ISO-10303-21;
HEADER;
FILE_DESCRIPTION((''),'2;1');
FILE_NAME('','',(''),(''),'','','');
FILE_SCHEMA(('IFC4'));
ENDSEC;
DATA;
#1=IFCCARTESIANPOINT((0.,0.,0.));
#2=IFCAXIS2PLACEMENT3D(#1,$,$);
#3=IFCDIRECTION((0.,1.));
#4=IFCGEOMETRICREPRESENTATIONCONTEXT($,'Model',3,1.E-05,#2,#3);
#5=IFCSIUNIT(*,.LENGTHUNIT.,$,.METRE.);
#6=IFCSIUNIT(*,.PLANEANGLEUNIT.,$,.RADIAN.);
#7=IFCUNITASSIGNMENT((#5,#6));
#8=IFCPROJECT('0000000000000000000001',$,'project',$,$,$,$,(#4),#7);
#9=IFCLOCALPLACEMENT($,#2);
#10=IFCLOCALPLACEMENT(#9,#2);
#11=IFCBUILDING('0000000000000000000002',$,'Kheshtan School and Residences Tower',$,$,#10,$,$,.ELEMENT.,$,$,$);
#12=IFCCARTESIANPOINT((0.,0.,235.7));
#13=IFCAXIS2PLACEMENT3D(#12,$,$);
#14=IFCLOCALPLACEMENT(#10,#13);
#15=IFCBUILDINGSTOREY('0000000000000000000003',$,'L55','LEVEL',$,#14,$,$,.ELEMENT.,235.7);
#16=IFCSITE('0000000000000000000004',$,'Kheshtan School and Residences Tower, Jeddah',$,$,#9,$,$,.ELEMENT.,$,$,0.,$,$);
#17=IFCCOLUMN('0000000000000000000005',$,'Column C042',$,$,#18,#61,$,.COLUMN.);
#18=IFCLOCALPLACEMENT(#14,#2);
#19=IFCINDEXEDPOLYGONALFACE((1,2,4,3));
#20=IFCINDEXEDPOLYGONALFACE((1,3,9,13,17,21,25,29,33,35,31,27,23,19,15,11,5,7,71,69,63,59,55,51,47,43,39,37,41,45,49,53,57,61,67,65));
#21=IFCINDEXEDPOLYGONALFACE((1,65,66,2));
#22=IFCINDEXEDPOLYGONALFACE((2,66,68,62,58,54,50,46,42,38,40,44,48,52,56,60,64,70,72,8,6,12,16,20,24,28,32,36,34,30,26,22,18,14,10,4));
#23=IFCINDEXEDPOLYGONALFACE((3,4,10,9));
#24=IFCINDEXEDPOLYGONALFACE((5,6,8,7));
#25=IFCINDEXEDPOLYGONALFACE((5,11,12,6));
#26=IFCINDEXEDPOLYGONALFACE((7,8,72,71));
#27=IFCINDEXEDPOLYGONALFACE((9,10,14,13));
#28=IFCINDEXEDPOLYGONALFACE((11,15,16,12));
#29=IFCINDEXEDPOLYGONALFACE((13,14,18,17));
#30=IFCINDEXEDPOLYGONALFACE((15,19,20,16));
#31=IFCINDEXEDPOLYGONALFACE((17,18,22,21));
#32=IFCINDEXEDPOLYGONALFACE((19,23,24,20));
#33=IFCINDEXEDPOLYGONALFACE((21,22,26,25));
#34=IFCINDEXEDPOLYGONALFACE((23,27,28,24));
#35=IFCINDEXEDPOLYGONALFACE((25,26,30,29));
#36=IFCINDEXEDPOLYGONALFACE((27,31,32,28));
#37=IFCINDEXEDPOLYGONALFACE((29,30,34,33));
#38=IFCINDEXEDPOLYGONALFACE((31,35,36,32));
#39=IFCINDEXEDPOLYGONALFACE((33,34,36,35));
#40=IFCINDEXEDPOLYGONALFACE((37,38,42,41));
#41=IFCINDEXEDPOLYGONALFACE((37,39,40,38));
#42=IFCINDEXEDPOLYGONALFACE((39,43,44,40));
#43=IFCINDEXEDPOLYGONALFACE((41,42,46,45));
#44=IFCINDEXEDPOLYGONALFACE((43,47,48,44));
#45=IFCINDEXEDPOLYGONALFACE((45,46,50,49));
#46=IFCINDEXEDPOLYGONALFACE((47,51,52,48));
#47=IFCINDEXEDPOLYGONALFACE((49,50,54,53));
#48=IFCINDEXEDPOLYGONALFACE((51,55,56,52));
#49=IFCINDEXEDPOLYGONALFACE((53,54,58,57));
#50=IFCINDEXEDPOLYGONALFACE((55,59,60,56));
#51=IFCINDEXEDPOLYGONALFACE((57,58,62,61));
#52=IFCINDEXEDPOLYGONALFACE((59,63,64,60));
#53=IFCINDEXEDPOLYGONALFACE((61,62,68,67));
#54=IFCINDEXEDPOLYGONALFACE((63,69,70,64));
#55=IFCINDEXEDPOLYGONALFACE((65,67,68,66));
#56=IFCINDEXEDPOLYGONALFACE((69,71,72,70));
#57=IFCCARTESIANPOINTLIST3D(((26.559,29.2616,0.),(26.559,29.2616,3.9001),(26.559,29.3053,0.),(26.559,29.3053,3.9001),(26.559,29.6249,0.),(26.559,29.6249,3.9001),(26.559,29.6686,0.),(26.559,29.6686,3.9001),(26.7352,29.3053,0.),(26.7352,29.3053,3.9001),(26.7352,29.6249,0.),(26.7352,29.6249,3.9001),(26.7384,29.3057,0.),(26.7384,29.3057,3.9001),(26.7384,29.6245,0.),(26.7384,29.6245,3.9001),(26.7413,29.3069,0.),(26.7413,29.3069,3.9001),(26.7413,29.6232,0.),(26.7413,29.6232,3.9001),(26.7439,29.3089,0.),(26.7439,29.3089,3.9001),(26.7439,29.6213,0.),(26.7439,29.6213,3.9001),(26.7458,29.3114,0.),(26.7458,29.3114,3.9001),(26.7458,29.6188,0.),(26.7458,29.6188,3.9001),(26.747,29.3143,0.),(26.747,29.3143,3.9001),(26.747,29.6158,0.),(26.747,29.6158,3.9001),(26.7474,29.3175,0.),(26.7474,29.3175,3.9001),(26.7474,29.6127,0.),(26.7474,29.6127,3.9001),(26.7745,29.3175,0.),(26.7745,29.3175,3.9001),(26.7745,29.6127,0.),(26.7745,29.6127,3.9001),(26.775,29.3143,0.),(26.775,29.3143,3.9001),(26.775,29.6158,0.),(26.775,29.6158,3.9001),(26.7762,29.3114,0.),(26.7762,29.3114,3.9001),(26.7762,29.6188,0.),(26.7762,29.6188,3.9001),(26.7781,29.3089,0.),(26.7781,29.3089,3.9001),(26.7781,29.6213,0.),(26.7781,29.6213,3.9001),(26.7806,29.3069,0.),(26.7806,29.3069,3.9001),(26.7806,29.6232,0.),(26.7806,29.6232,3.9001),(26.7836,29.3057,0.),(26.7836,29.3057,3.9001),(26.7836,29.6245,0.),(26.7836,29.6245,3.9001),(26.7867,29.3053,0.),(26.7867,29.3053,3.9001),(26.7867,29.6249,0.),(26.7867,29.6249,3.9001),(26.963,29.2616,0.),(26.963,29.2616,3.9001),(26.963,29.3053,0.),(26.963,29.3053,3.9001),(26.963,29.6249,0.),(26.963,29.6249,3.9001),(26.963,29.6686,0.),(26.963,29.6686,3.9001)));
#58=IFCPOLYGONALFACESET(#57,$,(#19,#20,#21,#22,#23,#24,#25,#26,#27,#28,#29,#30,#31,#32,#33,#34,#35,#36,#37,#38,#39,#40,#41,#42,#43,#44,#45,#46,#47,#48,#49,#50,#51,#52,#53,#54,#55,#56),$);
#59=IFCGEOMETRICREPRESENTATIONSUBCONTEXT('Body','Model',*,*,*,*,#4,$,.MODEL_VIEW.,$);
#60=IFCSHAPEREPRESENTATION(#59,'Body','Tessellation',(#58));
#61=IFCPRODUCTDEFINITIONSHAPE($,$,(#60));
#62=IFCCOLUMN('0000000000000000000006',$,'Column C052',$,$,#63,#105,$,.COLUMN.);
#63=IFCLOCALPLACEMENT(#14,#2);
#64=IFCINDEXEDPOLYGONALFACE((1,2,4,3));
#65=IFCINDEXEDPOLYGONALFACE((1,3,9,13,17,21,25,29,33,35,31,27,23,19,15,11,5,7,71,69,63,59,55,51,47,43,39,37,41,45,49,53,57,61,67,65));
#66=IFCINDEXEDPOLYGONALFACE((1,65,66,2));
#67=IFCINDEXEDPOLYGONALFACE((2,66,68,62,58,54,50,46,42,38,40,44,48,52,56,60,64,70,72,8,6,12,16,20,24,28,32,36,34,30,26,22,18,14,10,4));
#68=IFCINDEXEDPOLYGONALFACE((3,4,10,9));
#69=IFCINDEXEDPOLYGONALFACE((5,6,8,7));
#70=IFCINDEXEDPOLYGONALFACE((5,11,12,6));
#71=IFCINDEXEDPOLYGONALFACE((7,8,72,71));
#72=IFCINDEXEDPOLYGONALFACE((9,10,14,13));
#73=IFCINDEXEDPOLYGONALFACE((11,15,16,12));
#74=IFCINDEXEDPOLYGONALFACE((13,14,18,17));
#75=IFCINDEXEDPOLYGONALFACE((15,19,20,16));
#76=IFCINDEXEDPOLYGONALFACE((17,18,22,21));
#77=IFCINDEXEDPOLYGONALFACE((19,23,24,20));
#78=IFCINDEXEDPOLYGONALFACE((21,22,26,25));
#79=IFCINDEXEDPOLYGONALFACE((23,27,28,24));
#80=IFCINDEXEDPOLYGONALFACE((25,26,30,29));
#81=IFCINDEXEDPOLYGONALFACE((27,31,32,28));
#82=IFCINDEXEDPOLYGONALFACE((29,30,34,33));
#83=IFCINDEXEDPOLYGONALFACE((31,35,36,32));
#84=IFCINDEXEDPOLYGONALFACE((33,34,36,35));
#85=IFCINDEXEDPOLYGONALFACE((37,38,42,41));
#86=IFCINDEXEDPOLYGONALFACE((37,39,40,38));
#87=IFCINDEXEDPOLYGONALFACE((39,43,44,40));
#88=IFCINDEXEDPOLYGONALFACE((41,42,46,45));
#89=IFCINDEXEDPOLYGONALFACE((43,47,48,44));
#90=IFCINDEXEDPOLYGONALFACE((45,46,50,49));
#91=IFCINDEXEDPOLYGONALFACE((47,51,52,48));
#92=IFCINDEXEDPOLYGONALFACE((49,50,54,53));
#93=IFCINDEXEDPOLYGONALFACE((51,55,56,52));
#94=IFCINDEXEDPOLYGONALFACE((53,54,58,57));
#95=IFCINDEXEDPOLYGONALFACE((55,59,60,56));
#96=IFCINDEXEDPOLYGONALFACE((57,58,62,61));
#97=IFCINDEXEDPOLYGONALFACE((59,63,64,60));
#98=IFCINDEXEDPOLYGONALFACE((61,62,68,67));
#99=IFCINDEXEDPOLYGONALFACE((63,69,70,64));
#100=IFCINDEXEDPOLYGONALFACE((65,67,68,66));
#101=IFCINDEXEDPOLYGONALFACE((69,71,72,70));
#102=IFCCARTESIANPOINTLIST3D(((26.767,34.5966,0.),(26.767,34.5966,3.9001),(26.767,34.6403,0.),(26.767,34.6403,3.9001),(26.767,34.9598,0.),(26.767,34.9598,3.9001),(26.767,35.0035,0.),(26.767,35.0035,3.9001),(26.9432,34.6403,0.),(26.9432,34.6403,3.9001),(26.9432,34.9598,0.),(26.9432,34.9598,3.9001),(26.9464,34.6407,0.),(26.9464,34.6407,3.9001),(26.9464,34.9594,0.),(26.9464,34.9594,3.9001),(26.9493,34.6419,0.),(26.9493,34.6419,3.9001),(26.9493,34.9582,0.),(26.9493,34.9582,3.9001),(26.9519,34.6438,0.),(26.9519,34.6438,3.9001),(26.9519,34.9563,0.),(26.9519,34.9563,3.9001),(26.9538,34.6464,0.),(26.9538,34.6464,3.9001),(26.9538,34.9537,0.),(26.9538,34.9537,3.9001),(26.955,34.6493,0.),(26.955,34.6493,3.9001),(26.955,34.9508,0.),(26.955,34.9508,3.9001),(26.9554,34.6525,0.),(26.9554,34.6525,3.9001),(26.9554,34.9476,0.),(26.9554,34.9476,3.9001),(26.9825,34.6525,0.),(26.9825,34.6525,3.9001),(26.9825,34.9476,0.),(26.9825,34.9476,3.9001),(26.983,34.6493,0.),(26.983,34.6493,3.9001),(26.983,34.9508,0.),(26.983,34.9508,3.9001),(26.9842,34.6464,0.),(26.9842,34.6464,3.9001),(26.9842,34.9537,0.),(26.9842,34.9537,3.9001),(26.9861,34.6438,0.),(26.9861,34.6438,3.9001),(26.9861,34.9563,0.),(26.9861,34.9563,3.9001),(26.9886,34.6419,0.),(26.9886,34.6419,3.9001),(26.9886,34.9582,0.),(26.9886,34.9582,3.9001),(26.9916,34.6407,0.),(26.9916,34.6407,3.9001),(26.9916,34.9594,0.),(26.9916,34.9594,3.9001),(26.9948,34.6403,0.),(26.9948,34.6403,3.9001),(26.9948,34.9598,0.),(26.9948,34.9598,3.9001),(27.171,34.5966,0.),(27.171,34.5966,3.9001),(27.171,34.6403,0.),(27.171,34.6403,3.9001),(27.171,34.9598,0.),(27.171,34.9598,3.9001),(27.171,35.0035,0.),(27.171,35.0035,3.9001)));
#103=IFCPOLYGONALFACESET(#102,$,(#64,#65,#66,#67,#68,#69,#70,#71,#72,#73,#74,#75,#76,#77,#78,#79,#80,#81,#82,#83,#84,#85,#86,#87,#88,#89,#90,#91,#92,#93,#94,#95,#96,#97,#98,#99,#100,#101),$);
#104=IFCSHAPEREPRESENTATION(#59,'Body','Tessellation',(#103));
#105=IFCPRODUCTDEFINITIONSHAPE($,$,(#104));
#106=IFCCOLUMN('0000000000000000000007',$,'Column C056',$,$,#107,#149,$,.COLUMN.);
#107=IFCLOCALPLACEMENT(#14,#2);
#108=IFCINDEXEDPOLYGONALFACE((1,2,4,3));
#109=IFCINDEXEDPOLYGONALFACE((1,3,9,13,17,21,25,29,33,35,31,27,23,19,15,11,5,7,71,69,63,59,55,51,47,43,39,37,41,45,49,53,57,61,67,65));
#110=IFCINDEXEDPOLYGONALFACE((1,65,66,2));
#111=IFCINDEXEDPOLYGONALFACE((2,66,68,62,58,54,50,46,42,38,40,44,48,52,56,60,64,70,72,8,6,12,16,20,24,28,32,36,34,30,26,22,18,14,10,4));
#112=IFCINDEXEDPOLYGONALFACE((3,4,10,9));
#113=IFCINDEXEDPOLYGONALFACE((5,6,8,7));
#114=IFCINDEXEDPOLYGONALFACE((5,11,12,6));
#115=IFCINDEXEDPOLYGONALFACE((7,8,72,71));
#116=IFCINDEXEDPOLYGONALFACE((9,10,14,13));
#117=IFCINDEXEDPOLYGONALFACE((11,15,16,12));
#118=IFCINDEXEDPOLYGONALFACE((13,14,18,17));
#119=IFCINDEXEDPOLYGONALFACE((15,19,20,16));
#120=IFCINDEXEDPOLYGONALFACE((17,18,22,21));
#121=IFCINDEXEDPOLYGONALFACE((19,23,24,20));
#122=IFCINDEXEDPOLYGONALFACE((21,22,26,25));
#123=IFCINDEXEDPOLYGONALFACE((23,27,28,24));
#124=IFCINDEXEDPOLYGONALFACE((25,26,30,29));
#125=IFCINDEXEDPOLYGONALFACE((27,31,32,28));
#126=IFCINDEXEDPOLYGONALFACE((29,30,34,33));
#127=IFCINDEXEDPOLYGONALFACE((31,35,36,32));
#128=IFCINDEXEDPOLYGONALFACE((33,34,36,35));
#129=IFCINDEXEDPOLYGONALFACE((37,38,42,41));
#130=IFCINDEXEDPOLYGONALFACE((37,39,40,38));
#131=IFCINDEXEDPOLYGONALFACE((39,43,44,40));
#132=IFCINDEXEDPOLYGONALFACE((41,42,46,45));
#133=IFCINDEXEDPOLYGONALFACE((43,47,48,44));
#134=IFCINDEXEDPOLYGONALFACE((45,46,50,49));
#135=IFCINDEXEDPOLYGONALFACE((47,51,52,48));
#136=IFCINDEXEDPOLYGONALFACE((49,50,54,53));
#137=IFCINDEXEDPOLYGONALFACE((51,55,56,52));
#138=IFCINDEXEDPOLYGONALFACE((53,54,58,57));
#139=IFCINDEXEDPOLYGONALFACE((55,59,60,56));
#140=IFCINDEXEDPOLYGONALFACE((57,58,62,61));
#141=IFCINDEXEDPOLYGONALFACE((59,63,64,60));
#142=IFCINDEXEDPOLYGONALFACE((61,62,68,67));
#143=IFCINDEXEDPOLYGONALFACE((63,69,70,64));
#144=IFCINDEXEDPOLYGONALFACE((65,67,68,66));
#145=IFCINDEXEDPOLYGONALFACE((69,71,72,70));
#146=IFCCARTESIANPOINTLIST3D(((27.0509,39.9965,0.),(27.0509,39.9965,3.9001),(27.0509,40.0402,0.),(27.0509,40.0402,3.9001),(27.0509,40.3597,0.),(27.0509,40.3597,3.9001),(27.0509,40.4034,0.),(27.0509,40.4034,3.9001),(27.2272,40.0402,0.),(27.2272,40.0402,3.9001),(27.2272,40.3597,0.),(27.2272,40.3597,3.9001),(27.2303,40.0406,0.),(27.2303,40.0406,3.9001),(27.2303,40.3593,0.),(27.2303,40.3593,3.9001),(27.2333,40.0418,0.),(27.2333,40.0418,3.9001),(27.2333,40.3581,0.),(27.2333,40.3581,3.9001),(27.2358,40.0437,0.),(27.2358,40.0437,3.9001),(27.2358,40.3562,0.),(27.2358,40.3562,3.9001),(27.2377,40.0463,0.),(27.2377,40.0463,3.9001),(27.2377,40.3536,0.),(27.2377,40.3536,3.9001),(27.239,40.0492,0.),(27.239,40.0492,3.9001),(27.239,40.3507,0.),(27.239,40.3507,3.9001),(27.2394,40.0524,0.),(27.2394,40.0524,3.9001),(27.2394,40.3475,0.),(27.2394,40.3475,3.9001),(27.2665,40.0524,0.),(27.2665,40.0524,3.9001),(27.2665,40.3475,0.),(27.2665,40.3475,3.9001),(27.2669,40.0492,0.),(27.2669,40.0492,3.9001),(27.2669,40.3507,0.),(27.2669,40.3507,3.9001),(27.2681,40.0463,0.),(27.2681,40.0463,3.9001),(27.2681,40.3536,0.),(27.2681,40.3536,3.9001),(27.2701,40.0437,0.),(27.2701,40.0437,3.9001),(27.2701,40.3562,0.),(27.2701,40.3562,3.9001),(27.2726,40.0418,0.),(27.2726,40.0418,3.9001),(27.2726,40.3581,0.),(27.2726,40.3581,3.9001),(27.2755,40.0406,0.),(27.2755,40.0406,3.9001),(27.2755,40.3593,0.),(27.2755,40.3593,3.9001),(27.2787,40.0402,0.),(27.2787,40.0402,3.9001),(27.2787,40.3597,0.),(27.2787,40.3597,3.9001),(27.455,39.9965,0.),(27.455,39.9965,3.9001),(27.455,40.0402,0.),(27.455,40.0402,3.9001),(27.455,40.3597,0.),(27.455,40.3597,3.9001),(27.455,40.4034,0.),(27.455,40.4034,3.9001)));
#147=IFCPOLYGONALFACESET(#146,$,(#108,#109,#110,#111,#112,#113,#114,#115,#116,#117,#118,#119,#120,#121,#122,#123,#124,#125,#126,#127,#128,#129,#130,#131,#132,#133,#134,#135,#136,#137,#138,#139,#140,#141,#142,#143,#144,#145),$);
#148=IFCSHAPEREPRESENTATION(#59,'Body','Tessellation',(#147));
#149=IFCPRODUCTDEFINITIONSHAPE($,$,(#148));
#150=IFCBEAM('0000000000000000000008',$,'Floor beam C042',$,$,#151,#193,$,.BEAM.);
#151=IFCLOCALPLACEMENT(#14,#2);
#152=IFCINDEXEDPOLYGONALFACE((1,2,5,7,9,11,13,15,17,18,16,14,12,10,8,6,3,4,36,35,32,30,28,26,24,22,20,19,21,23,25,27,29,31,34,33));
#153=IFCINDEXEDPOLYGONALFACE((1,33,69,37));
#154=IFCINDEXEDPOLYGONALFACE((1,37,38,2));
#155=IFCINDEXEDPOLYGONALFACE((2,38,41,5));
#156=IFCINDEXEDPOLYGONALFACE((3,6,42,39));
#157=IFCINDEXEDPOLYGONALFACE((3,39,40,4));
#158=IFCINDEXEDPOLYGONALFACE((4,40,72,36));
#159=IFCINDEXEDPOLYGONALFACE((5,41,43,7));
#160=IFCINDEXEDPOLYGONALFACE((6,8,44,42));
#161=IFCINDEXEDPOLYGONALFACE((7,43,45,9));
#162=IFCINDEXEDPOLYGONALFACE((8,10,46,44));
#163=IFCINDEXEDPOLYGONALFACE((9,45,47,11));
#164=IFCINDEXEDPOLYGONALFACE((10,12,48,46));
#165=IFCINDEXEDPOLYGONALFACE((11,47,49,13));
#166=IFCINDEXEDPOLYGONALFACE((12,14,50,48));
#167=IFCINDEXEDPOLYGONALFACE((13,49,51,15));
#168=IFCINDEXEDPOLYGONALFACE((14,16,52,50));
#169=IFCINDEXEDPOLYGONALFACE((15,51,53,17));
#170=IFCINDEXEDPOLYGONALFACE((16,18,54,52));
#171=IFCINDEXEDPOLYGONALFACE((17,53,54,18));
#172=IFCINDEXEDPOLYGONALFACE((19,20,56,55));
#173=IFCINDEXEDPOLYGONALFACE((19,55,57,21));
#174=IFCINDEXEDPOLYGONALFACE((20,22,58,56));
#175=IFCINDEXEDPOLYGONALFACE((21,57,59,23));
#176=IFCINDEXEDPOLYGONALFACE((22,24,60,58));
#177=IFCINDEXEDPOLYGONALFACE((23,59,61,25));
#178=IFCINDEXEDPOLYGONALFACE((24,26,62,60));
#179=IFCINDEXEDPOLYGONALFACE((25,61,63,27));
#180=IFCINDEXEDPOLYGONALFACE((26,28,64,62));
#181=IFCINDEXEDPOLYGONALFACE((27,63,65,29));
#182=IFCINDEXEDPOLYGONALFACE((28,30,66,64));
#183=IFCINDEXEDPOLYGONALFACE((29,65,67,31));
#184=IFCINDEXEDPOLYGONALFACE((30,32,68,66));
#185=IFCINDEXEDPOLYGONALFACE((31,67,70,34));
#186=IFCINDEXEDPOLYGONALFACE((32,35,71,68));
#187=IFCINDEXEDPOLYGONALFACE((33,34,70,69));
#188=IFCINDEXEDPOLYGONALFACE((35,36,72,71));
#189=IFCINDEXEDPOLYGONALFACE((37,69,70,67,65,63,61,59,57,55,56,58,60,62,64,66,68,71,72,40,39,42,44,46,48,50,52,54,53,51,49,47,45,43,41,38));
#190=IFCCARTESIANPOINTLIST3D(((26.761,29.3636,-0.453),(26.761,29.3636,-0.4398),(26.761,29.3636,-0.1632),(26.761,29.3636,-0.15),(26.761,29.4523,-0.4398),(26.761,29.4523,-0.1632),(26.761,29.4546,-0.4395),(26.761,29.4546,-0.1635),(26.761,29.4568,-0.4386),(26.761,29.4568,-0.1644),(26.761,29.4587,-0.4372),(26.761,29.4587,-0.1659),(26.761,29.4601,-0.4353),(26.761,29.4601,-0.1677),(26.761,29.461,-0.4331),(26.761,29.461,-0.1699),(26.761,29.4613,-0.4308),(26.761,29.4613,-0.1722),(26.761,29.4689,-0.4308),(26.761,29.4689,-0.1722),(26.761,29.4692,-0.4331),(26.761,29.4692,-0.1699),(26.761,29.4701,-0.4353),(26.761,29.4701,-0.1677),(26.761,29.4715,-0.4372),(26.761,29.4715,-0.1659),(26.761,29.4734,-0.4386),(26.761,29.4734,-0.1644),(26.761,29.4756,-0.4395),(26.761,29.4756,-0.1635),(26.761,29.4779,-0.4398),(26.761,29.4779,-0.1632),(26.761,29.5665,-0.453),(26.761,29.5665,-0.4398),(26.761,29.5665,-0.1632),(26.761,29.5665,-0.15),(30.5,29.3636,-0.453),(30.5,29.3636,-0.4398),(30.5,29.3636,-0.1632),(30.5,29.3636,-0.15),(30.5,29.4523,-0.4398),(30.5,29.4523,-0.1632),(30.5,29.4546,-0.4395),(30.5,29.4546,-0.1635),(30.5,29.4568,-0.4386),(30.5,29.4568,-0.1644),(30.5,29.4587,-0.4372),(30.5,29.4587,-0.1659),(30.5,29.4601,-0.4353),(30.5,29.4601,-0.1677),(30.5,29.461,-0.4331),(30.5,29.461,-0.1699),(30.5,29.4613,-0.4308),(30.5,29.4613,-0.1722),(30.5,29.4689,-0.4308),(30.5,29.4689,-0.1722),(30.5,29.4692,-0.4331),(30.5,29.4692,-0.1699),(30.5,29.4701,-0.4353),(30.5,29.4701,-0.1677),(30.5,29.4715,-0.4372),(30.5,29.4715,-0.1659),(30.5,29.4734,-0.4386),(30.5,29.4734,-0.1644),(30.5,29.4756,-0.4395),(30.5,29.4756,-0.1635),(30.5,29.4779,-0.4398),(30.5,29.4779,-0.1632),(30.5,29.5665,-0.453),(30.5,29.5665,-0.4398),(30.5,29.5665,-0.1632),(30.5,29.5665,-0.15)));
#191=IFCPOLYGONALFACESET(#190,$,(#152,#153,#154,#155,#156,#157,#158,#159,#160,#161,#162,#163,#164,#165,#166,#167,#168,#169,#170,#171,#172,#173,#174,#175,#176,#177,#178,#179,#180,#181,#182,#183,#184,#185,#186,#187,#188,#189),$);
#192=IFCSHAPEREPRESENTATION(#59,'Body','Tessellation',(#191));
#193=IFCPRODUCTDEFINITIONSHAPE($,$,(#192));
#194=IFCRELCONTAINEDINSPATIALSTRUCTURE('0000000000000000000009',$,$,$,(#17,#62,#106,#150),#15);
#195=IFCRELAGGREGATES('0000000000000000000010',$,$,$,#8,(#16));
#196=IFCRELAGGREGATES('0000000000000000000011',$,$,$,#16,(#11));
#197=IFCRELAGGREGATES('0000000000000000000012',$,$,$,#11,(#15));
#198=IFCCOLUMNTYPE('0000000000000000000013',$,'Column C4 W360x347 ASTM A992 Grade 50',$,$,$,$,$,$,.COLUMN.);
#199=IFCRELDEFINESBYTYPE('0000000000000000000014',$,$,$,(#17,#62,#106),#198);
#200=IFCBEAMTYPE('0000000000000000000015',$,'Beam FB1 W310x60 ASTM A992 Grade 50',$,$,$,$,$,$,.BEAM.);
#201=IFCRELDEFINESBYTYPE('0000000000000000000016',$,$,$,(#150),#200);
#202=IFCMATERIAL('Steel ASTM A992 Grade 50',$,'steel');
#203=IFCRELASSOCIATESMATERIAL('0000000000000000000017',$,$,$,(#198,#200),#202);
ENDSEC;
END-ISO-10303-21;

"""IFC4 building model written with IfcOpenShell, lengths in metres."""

from ifc_helpers import new_model, si_unit, direction, frame, origin, origin_2d, place, context, subcontext, project, spatial, i_section, extrude, material, material_profile, profile_set, type_object, element, save


model = new_model("IFC4")

# Units and contexts
model_context = context("Model", 3, precision=1e-05, world=origin(), true_north=direction((0.0, 1.0)))
body_context = subcontext(model_context, "Body", "Model", "MODEL_VIEW")
ifc_project = project(units=[si_unit("LENGTHUNIT", "METRE"), si_unit("PLANEANGLEUNIT", "RADIAN")], contexts=[model_context])

# Site, building, storey
site_placement = place(None, origin())
site = spatial("IfcSite", under=ifc_project, at=site_placement, Name="Kheshtan School and Residences Tower, Jeddah", CompositionType="ELEMENT", RefElevation=0.0)
building_placement = place(site_placement, origin())
building = spatial("IfcBuilding", under=site, at=building_placement, Name="Kheshtan School and Residences Tower", CompositionType="ELEMENT")
storey_placement = place(building_placement, frame((0.0, 0.0, 235.7)))
storey = spatial("IfcBuildingStorey", under=building, at=storey_placement, Name="L55", Description="LEVEL", CompositionType="ELEMENT", Elevation=235.7)

# Columns
ifc_material_1 = material(Name="Steel ASTM A992 Grade 50", Category="steel")
ifc_material_profile_1 = material_profile(ifc_material_1, i_section(OverallWidth=0.4041, OverallDepth=0.407, WebThickness=0.0271, FlangeThickness=0.0437, FilletRadius=0.0122, at=origin_2d()), Name="W360x347")
ifc_profile_set_1 = profile_set([ifc_material_profile_1], Name="Steel ASTM A992 Grade 50")
column_type = type_object("IfcColumnType", Name="Column C4 W360x347 ASTM A992 Grade 50", PredefinedType="COLUMN", material=ifc_profile_set_1)
for number, where, z_axis, x_axis, name in (
    (1, (26.761, 29.4651, 0.0), (0.0, 0.0, 1.0), (1.0, 0.0, 0.0), "Column C042"),
    (2, (26.969, 34.8, 0.0), (0.0, 0.0, 1.0), (1.0, 0.0, 0.0), "Column C052"),
    (3, (27.2529, 40.2, 0.0), (0.0, 0.0, 1.0), (1.0, 0.0, 0.0), "Column C056"),
):
    element("IfcColumn", number, at=place(storey_placement, frame(where, z_axis=z_axis, x_axis=x_axis)), inside=storey, type_object=column_type, Name=name, PredefinedType="COLUMN", context=body_context, shape_type="SweptSolid", body=[
        extrude(i_section(OverallWidth=0.4041, OverallDepth=0.407, WebThickness=0.0271, FlangeThickness=0.0437, FilletRadius=0.0122, at=origin_2d()), origin(), (0.0, 0.0, 1.0), 3.9001),
    ])

# Beam
ifc_material_profile_2 = material_profile(ifc_material_1, i_section(OverallWidth=0.2029, OverallDepth=0.303, WebThickness=0.0076, FlangeThickness=0.0132, FilletRadius=0.009, at=origin_2d()), Name="W310x60")
ifc_profile_set_2 = profile_set([ifc_material_profile_2], Name="Steel ASTM A992 Grade 50")
beam_type_1 = type_object("IfcBeamType", Name="Beam FB1 W310x60 ASTM A992 Grade 50", PredefinedType="BEAM", material=ifc_profile_set_2)
beam_1_placement = place(storey_placement, frame((26.761, 29.4651, -0.3015), z_axis=(1.0, 0.0, 0.0), x_axis=(0.0, 1.0, 0.0)))
element("IfcBeam", 4, at=beam_1_placement, inside=storey, type_object=beam_type_1, Name="Floor beam C042", PredefinedType="BEAM", context=body_context, shape_type="SweptSolid", body=[
    extrude(i_section(OverallWidth=0.2029, OverallDepth=0.303, WebThickness=0.0076, FlangeThickness=0.0132, FilletRadius=0.009, at=origin_2d()), origin(), (0.0, 0.0, 1.0), 3.739),
])

save(model, "model.ifc")
